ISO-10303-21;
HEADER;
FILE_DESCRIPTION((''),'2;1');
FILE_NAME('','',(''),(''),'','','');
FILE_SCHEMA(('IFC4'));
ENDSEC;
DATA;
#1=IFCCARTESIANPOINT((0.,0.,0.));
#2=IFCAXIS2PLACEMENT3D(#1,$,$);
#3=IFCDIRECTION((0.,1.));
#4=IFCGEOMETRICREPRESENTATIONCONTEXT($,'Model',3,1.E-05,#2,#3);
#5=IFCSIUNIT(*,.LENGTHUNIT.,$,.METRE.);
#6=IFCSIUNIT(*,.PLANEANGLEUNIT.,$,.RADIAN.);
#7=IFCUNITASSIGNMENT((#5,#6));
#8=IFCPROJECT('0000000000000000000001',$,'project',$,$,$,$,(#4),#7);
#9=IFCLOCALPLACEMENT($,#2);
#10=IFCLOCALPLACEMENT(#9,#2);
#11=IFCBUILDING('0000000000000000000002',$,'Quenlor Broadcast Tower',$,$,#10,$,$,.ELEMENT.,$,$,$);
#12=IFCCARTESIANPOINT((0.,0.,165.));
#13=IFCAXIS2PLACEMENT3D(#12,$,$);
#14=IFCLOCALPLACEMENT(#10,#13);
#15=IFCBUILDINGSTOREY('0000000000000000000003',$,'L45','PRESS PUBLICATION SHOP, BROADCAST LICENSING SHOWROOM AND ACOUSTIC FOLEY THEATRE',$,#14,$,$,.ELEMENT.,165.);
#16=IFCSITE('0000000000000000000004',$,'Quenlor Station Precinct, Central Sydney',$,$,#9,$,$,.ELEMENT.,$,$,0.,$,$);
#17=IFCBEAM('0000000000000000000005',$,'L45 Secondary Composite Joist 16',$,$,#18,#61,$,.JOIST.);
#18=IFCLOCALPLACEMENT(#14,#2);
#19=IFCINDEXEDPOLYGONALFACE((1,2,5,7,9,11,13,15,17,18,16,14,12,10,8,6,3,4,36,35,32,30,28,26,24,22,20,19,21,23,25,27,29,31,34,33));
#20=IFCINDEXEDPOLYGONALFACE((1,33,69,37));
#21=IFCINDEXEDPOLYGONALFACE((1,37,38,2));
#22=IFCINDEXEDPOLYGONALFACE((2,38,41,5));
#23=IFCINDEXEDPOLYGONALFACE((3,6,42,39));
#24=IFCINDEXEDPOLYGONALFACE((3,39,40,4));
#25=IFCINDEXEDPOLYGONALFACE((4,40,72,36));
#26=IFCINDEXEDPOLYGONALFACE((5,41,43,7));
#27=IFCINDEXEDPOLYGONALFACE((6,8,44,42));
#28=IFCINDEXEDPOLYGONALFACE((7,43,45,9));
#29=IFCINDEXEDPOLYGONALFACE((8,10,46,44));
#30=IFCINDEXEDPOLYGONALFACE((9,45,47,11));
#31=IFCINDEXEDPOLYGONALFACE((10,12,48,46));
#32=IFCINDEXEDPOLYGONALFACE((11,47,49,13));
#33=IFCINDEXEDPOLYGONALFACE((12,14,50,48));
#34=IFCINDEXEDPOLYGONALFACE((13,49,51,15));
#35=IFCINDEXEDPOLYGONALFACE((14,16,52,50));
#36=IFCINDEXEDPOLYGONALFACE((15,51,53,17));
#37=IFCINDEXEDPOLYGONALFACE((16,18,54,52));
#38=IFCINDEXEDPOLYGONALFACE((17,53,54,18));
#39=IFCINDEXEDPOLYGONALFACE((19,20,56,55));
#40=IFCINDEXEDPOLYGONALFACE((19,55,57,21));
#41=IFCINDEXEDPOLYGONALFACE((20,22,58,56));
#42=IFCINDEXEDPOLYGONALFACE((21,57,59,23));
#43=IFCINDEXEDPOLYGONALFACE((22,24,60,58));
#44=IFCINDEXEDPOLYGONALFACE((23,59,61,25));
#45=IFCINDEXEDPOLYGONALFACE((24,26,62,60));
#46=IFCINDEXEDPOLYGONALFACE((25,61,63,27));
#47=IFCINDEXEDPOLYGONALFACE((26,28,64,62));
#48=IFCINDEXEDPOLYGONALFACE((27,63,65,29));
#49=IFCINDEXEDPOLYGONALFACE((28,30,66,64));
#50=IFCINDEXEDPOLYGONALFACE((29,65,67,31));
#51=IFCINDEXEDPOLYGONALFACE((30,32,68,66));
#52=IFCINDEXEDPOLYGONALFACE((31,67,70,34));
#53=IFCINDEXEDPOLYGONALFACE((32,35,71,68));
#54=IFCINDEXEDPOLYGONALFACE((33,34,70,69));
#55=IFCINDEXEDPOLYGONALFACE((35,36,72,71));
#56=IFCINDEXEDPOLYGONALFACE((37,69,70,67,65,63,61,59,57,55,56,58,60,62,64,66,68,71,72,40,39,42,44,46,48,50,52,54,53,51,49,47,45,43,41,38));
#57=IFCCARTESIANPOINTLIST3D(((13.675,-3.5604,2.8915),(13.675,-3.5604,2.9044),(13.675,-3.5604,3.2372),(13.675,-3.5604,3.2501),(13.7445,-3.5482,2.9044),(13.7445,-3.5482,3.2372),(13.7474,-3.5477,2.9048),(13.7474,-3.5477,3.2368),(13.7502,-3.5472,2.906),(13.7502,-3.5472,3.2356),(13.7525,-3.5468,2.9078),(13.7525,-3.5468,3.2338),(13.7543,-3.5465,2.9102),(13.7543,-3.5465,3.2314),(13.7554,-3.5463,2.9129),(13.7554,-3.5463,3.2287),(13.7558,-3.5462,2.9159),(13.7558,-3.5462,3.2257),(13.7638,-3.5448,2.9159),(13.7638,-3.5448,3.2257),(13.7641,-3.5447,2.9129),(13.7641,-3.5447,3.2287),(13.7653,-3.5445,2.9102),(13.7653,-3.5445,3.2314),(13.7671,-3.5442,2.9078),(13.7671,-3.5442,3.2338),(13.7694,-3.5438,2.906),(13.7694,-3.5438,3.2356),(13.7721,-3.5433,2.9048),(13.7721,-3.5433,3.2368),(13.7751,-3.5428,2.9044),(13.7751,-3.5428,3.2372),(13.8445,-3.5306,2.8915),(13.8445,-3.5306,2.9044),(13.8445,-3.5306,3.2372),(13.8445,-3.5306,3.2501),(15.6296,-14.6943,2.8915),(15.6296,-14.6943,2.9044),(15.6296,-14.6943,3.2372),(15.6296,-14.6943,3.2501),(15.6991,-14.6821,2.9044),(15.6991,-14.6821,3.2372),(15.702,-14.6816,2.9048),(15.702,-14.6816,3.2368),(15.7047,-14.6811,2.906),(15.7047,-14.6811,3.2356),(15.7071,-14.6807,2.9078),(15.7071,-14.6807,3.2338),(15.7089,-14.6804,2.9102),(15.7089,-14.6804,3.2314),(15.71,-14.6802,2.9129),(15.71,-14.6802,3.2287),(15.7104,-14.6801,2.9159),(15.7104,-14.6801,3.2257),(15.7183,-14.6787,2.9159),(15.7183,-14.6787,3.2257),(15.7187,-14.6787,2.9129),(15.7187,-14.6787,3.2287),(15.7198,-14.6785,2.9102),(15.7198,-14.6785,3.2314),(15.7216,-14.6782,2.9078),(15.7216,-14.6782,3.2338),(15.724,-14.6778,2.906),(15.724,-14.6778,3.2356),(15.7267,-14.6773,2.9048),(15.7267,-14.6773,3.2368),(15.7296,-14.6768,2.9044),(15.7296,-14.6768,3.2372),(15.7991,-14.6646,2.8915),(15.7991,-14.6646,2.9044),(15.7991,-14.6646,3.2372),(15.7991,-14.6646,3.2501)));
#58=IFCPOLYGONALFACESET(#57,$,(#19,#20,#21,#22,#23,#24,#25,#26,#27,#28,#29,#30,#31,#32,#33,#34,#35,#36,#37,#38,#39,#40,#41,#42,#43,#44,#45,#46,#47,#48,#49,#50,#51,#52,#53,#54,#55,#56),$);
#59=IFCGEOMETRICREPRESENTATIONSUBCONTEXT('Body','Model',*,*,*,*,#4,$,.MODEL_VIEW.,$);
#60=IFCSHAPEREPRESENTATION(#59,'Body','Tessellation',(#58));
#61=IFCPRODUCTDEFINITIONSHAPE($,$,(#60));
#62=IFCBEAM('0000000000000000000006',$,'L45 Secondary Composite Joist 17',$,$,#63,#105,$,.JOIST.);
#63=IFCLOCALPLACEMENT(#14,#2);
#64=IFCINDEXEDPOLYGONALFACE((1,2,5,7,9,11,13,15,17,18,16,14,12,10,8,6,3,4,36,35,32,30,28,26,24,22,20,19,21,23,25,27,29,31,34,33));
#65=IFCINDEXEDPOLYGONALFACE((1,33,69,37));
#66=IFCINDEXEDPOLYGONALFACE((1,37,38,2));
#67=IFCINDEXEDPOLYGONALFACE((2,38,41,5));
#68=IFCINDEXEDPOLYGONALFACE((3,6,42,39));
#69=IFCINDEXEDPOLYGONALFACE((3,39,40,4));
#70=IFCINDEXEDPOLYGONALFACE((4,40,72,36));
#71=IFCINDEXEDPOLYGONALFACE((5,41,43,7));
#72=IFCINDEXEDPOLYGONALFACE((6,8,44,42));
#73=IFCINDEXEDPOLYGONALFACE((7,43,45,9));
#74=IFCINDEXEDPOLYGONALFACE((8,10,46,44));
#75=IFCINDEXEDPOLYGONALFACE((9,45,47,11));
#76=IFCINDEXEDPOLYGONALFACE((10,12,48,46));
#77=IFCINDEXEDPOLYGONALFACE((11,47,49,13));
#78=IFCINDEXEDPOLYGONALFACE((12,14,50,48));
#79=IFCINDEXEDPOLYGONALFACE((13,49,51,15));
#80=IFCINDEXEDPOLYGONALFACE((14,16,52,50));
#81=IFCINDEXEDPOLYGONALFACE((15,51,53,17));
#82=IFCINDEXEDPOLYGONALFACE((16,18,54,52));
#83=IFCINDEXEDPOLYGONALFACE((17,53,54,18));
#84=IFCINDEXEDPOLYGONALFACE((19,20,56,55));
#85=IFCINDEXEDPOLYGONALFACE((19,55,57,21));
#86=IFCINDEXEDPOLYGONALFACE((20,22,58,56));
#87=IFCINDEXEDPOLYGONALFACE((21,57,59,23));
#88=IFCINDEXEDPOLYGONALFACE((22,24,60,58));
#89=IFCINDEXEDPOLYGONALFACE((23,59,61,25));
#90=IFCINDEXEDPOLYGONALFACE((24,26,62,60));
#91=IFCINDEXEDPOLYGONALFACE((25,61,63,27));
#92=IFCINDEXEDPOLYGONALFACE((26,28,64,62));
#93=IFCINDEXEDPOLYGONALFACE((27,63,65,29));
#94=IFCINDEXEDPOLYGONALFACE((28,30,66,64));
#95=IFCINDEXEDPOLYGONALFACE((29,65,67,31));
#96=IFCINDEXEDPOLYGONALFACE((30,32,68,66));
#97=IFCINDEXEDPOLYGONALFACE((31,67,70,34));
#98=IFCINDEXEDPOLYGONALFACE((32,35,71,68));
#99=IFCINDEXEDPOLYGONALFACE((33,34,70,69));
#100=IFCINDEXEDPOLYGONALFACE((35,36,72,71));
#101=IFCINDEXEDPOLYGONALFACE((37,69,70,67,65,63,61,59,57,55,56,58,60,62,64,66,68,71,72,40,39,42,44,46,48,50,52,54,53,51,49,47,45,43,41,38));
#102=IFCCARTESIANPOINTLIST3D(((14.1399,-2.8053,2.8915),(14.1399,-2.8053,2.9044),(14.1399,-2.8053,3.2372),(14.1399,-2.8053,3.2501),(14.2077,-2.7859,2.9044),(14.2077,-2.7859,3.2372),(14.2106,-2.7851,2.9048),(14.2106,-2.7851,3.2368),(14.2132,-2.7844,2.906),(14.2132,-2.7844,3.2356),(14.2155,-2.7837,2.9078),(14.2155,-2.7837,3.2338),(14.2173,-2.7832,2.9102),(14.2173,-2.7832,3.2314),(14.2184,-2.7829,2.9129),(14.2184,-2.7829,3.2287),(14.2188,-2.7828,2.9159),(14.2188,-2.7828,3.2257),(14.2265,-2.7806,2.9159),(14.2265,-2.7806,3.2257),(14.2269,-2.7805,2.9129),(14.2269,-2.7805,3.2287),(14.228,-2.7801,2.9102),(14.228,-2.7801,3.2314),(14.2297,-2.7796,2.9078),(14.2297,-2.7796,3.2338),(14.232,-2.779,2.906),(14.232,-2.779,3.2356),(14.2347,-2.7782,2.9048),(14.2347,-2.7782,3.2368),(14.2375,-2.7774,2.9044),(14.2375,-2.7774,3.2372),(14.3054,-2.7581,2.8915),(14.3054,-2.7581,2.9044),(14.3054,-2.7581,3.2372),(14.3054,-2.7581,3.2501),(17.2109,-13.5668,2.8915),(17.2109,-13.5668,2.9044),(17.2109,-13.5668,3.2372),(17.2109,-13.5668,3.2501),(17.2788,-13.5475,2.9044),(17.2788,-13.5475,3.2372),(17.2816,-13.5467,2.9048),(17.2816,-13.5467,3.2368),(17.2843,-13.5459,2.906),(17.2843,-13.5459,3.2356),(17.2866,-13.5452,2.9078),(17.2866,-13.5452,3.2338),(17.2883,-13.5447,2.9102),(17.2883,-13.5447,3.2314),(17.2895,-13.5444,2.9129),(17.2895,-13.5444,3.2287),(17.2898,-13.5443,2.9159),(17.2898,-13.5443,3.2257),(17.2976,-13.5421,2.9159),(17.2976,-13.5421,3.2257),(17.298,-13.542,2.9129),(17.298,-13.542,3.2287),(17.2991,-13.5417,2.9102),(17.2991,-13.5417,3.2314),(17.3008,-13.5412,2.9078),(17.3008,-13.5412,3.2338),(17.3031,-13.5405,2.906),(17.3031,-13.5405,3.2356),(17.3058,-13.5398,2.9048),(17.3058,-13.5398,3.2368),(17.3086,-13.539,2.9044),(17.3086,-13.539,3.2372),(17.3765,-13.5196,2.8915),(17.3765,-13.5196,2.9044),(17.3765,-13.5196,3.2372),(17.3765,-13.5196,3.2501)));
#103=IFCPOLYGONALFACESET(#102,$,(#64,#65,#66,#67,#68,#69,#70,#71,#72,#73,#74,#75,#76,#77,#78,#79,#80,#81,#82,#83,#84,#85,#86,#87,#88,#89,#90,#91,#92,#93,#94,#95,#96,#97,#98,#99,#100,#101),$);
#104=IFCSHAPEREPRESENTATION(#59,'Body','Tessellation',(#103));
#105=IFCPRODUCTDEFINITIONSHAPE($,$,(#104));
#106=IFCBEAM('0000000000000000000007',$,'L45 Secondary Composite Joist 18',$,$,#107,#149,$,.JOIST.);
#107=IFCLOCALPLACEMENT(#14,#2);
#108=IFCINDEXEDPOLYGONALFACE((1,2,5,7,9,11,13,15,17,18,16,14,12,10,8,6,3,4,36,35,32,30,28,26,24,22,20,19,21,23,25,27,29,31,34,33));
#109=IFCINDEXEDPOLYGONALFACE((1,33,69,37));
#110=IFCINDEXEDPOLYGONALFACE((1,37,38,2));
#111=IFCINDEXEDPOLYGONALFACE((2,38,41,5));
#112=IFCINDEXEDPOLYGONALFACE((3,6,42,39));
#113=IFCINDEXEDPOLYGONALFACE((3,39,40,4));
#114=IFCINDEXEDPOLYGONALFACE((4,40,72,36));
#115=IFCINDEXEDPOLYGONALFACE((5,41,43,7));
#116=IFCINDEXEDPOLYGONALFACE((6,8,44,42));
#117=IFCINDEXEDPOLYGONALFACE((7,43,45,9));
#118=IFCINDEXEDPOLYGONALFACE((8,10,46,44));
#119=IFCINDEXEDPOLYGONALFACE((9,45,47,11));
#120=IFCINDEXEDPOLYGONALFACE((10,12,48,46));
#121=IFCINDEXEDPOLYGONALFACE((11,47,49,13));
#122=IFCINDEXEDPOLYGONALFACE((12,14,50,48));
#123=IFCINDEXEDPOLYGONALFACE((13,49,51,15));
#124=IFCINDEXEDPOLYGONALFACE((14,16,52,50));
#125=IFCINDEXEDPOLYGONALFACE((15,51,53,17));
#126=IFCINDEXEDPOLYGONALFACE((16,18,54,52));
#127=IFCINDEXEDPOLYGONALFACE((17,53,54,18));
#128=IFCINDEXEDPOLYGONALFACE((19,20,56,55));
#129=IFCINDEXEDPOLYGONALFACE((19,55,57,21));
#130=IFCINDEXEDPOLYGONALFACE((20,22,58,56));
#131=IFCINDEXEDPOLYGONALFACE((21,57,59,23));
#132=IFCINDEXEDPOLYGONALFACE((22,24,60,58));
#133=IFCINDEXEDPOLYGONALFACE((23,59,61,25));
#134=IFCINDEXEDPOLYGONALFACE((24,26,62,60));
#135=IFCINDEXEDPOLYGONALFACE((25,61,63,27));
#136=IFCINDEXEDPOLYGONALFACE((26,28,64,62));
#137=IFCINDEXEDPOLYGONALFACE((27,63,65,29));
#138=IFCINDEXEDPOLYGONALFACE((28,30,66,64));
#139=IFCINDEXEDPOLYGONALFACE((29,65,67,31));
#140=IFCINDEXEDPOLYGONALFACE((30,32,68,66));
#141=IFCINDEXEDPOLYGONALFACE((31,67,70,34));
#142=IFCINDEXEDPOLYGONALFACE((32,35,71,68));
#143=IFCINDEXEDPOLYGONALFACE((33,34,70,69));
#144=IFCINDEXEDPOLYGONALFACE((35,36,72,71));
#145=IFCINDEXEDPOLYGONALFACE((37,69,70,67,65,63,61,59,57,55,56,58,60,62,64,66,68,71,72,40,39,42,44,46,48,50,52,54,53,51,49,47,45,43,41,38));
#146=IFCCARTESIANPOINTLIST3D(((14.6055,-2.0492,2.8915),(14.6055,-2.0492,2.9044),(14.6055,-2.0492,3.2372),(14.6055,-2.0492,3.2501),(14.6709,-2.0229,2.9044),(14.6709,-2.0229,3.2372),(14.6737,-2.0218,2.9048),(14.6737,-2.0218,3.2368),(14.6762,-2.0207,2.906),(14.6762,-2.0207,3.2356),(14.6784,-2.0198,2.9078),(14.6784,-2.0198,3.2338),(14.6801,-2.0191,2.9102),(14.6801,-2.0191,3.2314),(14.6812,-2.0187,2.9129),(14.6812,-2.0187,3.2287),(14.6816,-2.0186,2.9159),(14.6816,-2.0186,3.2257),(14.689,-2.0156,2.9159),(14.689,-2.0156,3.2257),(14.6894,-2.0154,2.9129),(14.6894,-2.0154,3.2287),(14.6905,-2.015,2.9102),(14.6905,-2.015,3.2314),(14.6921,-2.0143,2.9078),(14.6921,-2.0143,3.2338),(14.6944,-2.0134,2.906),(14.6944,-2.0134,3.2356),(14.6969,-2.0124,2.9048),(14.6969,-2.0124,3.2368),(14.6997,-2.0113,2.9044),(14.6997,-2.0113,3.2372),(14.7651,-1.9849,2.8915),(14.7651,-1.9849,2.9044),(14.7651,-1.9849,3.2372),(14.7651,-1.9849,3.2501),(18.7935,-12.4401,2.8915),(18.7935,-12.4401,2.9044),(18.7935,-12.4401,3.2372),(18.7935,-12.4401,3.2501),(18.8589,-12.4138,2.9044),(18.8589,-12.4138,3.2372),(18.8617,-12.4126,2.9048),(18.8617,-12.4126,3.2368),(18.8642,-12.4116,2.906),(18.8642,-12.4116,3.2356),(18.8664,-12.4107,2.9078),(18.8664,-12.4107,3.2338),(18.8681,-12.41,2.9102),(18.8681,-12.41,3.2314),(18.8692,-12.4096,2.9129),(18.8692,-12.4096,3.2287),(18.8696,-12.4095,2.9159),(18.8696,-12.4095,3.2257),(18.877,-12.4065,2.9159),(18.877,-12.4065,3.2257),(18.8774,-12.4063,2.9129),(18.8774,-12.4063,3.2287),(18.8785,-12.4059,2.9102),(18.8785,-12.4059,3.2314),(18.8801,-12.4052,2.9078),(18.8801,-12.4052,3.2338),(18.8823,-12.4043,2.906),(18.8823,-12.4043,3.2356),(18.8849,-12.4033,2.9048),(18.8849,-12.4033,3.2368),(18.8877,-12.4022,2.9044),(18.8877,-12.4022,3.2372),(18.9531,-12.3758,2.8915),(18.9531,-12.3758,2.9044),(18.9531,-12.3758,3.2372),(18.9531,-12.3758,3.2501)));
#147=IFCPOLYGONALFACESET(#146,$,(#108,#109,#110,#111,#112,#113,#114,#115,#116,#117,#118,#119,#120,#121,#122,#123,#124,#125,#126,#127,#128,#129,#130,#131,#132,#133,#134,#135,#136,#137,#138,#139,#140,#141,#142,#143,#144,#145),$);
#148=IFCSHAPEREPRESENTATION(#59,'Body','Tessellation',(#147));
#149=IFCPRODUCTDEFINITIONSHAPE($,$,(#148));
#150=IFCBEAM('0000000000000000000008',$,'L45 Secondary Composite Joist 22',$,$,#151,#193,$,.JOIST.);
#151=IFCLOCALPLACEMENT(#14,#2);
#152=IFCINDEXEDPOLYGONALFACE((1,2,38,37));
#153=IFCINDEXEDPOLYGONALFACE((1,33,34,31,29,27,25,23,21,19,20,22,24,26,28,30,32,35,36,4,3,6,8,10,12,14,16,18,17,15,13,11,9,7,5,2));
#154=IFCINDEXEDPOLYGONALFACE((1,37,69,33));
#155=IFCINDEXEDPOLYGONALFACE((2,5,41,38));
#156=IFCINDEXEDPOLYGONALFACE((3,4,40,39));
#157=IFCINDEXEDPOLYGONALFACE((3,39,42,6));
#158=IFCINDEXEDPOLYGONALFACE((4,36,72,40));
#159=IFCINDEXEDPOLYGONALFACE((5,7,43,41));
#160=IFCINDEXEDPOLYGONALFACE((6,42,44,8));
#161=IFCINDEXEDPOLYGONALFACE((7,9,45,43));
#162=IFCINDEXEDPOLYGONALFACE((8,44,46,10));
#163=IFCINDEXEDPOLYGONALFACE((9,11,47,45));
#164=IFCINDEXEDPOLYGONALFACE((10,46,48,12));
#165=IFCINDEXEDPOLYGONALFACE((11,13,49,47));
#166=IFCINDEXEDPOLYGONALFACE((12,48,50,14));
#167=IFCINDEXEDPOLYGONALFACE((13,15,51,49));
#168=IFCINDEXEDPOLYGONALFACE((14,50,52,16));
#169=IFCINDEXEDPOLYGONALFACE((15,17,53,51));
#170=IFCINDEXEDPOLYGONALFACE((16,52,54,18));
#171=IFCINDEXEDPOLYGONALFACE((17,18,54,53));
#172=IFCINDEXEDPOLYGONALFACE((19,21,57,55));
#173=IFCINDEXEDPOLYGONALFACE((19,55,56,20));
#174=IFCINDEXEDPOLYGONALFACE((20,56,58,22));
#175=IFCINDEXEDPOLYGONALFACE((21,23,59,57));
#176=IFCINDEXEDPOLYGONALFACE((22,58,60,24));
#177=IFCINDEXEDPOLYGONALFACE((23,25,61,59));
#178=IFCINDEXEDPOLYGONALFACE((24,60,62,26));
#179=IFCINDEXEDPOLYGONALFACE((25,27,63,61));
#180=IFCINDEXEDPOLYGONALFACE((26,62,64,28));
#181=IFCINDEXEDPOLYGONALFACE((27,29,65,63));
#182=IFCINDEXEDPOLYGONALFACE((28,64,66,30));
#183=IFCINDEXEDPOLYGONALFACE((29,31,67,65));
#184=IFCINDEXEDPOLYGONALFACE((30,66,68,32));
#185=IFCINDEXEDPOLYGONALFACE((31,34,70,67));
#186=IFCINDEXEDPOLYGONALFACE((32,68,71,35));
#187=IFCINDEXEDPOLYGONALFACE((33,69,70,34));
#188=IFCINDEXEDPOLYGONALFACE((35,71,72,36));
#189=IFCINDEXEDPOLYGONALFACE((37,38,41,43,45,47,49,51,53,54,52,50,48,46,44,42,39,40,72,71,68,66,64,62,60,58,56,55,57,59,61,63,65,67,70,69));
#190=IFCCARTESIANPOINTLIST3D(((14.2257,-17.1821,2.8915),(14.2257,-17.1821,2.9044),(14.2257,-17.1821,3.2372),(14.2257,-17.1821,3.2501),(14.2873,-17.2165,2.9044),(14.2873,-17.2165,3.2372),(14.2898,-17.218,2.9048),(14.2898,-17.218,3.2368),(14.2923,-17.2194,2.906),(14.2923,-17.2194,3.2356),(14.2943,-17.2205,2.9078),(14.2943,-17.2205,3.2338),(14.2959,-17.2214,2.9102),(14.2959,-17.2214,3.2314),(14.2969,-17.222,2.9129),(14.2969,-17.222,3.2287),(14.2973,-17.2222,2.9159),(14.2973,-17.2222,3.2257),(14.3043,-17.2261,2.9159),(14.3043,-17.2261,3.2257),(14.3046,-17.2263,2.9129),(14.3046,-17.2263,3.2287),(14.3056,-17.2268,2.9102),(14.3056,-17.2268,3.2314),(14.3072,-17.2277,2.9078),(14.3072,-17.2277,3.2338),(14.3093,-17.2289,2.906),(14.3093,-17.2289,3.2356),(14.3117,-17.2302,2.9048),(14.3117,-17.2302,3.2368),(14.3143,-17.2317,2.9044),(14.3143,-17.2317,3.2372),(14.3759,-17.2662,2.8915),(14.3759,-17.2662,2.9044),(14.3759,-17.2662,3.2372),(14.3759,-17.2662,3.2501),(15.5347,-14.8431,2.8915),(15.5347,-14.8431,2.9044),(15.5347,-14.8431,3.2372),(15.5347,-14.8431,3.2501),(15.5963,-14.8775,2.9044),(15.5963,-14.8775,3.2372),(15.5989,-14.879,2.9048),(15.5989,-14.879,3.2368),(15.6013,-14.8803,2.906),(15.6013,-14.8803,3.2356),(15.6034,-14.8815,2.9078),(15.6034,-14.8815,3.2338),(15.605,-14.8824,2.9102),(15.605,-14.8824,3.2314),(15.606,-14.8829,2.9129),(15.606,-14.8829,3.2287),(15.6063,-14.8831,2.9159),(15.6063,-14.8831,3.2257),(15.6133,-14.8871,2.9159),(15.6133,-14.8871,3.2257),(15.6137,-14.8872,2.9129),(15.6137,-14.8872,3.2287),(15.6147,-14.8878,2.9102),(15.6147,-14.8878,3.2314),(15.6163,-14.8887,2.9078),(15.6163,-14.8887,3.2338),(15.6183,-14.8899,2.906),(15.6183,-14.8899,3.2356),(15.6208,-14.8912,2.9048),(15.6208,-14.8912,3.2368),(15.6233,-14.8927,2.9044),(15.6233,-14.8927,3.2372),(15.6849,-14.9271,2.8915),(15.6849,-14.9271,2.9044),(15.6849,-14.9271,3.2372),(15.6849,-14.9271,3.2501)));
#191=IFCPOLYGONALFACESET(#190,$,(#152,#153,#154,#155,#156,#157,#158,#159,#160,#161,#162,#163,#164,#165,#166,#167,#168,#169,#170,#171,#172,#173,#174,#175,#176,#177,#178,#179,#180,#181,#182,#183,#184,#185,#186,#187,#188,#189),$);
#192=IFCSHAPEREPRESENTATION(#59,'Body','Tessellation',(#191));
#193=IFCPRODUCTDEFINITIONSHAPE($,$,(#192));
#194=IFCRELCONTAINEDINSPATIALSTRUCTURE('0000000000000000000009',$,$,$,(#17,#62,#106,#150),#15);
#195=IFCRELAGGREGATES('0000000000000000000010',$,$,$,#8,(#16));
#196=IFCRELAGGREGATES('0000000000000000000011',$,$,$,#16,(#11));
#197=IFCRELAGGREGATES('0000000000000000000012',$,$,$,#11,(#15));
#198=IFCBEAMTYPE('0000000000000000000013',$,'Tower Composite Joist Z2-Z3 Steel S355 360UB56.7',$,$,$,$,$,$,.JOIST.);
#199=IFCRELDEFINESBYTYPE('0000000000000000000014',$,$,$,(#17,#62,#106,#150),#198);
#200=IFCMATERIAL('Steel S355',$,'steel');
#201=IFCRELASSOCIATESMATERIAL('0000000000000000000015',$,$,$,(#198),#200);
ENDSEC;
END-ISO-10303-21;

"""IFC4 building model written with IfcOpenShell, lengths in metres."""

from ifc_helpers import new_model, si_unit, direction, frame, origin, origin_2d, place, context, subcontext, project, spatial, i_section, extrude, material, material_profile, profile_set, type_object, element, save


model = new_model("IFC4")

# Units and contexts
model_context = context("Model", 3, precision=1e-05, world=origin(), true_north=direction((0.0, 1.0)))
body_context = subcontext(model_context, "Body", "Model", "MODEL_VIEW")
ifc_project = project(units=[si_unit("LENGTHUNIT", "METRE"), si_unit("PLANEANGLEUNIT", "RADIAN")], contexts=[model_context])

# Site, building, storey
site_placement = place(None, origin())
site = spatial("IfcSite", under=ifc_project, at=site_placement, Name="Quenlor Station Precinct, Central Sydney", CompositionType="ELEMENT", RefElevation=0.0)
building_placement = place(site_placement, origin())
building = spatial("IfcBuilding", under=site, at=building_placement, Name="Quenlor Broadcast Tower", CompositionType="ELEMENT")
storey_placement = place(building_placement, frame((0.0, 0.0, 165.0)))
storey = spatial("IfcBuildingStorey", under=building, at=storey_placement, Name="L45", Description="PRESS PUBLICATION SHOP, BROADCAST LICENSING SHOWROOM AND ACOUSTIC FOLEY THEATRE", CompositionType="ELEMENT", Elevation=165.0)

# Beams
ifc_material_1 = material(Name="Steel S355", Category="steel")
ifc_material_profile_1 = material_profile(ifc_material_1, i_section(OverallWidth=0.1721, OverallDepth=0.3586, WebThickness=0.0081, FlangeThickness=0.0129, FilletRadius=0.0115, at=origin_2d()))
ifc_profile_set_1 = profile_set([ifc_material_profile_1], Name="Steel S355 360UB56.7")
beam_type_1 = type_object("IfcBeamType", Name="Tower Composite Joist Z2-Z3 Steel S355 360UB56.7", PredefinedType="JOIST", material=ifc_profile_set_1)
beam_1_placement = place(storey_placement, frame((15.7144, -14.6794, 3.0708), z_axis=(-0.172907, 0.984938, 0.0), x_axis=(-0.984938, -0.172907, 0.0)))
element("IfcBeam", 1, at=beam_1_placement, inside=storey, type_object=beam_type_1, Name="L45 Secondary Composite Joist 16", PredefinedType="JOIST", context=body_context, shape_type="SweptSolid", body=[
    extrude(i_section(OverallWidth=0.1721, OverallDepth=0.3586, WebThickness=0.0081, FlangeThickness=0.0129, FilletRadius=0.0115, at=origin_2d()), origin(), (0.0, 0.0, 1.0), 11.3042),
])
beam_2_placement = place(storey_placement, frame((17.2937, -13.5432, 3.0708), z_axis=(-0.274419, 0.96161, 0.0), x_axis=(-0.96161, -0.274419, 0.0)))
element("IfcBeam", 2, at=beam_2_placement, inside=storey, type_object=beam_type_1, Name="L45 Secondary Composite Joist 17", PredefinedType="JOIST", context=body_context, shape_type="SweptSolid", body=[
    extrude(i_section(OverallWidth=0.1721, OverallDepth=0.3586, WebThickness=0.0081, FlangeThickness=0.0129, FilletRadius=0.0115, at=origin_2d()), origin(), (0.0, 0.0, 1.0), 11.1912),
])
beam_3_placement = place(storey_placement, frame((18.8733, -12.408, 3.0708), z_axis=(-0.373824, 0.9275, 0.0), x_axis=(-0.9275, -0.373824, 0.0)))
element("IfcBeam", 3, at=beam_3_placement, inside=storey, type_object=beam_type_1, Name="L45 Secondary Composite Joist 18", PredefinedType="JOIST", context=body_context, shape_type="SweptSolid", body=[
    extrude(i_section(OverallWidth=0.1721, OverallDepth=0.3586, WebThickness=0.0081, FlangeThickness=0.0129, FilletRadius=0.0115, at=origin_2d()), origin(), (0.0, 0.0, 1.0), 11.2031),
])
beam_4_placement = place(storey_placement, frame((14.3008, -17.2241, 3.0708), z_axis=(0.48837, 0.872636, 0.0), x_axis=(-0.872636, 0.48837, 0.0)))
element("IfcBeam", 4, at=beam_4_placement, inside=storey, type_object=beam_type_1, Name="L45 Secondary Composite Joist 22", PredefinedType="JOIST", context=body_context, shape_type="SweptSolid", body=[
    extrude(i_section(OverallWidth=0.1721, OverallDepth=0.3586, WebThickness=0.0081, FlangeThickness=0.0129, FilletRadius=0.0115, at=origin_2d()), origin(), (0.0, 0.0, 1.0), 2.6804),
])

save(model, "model.ifc")
